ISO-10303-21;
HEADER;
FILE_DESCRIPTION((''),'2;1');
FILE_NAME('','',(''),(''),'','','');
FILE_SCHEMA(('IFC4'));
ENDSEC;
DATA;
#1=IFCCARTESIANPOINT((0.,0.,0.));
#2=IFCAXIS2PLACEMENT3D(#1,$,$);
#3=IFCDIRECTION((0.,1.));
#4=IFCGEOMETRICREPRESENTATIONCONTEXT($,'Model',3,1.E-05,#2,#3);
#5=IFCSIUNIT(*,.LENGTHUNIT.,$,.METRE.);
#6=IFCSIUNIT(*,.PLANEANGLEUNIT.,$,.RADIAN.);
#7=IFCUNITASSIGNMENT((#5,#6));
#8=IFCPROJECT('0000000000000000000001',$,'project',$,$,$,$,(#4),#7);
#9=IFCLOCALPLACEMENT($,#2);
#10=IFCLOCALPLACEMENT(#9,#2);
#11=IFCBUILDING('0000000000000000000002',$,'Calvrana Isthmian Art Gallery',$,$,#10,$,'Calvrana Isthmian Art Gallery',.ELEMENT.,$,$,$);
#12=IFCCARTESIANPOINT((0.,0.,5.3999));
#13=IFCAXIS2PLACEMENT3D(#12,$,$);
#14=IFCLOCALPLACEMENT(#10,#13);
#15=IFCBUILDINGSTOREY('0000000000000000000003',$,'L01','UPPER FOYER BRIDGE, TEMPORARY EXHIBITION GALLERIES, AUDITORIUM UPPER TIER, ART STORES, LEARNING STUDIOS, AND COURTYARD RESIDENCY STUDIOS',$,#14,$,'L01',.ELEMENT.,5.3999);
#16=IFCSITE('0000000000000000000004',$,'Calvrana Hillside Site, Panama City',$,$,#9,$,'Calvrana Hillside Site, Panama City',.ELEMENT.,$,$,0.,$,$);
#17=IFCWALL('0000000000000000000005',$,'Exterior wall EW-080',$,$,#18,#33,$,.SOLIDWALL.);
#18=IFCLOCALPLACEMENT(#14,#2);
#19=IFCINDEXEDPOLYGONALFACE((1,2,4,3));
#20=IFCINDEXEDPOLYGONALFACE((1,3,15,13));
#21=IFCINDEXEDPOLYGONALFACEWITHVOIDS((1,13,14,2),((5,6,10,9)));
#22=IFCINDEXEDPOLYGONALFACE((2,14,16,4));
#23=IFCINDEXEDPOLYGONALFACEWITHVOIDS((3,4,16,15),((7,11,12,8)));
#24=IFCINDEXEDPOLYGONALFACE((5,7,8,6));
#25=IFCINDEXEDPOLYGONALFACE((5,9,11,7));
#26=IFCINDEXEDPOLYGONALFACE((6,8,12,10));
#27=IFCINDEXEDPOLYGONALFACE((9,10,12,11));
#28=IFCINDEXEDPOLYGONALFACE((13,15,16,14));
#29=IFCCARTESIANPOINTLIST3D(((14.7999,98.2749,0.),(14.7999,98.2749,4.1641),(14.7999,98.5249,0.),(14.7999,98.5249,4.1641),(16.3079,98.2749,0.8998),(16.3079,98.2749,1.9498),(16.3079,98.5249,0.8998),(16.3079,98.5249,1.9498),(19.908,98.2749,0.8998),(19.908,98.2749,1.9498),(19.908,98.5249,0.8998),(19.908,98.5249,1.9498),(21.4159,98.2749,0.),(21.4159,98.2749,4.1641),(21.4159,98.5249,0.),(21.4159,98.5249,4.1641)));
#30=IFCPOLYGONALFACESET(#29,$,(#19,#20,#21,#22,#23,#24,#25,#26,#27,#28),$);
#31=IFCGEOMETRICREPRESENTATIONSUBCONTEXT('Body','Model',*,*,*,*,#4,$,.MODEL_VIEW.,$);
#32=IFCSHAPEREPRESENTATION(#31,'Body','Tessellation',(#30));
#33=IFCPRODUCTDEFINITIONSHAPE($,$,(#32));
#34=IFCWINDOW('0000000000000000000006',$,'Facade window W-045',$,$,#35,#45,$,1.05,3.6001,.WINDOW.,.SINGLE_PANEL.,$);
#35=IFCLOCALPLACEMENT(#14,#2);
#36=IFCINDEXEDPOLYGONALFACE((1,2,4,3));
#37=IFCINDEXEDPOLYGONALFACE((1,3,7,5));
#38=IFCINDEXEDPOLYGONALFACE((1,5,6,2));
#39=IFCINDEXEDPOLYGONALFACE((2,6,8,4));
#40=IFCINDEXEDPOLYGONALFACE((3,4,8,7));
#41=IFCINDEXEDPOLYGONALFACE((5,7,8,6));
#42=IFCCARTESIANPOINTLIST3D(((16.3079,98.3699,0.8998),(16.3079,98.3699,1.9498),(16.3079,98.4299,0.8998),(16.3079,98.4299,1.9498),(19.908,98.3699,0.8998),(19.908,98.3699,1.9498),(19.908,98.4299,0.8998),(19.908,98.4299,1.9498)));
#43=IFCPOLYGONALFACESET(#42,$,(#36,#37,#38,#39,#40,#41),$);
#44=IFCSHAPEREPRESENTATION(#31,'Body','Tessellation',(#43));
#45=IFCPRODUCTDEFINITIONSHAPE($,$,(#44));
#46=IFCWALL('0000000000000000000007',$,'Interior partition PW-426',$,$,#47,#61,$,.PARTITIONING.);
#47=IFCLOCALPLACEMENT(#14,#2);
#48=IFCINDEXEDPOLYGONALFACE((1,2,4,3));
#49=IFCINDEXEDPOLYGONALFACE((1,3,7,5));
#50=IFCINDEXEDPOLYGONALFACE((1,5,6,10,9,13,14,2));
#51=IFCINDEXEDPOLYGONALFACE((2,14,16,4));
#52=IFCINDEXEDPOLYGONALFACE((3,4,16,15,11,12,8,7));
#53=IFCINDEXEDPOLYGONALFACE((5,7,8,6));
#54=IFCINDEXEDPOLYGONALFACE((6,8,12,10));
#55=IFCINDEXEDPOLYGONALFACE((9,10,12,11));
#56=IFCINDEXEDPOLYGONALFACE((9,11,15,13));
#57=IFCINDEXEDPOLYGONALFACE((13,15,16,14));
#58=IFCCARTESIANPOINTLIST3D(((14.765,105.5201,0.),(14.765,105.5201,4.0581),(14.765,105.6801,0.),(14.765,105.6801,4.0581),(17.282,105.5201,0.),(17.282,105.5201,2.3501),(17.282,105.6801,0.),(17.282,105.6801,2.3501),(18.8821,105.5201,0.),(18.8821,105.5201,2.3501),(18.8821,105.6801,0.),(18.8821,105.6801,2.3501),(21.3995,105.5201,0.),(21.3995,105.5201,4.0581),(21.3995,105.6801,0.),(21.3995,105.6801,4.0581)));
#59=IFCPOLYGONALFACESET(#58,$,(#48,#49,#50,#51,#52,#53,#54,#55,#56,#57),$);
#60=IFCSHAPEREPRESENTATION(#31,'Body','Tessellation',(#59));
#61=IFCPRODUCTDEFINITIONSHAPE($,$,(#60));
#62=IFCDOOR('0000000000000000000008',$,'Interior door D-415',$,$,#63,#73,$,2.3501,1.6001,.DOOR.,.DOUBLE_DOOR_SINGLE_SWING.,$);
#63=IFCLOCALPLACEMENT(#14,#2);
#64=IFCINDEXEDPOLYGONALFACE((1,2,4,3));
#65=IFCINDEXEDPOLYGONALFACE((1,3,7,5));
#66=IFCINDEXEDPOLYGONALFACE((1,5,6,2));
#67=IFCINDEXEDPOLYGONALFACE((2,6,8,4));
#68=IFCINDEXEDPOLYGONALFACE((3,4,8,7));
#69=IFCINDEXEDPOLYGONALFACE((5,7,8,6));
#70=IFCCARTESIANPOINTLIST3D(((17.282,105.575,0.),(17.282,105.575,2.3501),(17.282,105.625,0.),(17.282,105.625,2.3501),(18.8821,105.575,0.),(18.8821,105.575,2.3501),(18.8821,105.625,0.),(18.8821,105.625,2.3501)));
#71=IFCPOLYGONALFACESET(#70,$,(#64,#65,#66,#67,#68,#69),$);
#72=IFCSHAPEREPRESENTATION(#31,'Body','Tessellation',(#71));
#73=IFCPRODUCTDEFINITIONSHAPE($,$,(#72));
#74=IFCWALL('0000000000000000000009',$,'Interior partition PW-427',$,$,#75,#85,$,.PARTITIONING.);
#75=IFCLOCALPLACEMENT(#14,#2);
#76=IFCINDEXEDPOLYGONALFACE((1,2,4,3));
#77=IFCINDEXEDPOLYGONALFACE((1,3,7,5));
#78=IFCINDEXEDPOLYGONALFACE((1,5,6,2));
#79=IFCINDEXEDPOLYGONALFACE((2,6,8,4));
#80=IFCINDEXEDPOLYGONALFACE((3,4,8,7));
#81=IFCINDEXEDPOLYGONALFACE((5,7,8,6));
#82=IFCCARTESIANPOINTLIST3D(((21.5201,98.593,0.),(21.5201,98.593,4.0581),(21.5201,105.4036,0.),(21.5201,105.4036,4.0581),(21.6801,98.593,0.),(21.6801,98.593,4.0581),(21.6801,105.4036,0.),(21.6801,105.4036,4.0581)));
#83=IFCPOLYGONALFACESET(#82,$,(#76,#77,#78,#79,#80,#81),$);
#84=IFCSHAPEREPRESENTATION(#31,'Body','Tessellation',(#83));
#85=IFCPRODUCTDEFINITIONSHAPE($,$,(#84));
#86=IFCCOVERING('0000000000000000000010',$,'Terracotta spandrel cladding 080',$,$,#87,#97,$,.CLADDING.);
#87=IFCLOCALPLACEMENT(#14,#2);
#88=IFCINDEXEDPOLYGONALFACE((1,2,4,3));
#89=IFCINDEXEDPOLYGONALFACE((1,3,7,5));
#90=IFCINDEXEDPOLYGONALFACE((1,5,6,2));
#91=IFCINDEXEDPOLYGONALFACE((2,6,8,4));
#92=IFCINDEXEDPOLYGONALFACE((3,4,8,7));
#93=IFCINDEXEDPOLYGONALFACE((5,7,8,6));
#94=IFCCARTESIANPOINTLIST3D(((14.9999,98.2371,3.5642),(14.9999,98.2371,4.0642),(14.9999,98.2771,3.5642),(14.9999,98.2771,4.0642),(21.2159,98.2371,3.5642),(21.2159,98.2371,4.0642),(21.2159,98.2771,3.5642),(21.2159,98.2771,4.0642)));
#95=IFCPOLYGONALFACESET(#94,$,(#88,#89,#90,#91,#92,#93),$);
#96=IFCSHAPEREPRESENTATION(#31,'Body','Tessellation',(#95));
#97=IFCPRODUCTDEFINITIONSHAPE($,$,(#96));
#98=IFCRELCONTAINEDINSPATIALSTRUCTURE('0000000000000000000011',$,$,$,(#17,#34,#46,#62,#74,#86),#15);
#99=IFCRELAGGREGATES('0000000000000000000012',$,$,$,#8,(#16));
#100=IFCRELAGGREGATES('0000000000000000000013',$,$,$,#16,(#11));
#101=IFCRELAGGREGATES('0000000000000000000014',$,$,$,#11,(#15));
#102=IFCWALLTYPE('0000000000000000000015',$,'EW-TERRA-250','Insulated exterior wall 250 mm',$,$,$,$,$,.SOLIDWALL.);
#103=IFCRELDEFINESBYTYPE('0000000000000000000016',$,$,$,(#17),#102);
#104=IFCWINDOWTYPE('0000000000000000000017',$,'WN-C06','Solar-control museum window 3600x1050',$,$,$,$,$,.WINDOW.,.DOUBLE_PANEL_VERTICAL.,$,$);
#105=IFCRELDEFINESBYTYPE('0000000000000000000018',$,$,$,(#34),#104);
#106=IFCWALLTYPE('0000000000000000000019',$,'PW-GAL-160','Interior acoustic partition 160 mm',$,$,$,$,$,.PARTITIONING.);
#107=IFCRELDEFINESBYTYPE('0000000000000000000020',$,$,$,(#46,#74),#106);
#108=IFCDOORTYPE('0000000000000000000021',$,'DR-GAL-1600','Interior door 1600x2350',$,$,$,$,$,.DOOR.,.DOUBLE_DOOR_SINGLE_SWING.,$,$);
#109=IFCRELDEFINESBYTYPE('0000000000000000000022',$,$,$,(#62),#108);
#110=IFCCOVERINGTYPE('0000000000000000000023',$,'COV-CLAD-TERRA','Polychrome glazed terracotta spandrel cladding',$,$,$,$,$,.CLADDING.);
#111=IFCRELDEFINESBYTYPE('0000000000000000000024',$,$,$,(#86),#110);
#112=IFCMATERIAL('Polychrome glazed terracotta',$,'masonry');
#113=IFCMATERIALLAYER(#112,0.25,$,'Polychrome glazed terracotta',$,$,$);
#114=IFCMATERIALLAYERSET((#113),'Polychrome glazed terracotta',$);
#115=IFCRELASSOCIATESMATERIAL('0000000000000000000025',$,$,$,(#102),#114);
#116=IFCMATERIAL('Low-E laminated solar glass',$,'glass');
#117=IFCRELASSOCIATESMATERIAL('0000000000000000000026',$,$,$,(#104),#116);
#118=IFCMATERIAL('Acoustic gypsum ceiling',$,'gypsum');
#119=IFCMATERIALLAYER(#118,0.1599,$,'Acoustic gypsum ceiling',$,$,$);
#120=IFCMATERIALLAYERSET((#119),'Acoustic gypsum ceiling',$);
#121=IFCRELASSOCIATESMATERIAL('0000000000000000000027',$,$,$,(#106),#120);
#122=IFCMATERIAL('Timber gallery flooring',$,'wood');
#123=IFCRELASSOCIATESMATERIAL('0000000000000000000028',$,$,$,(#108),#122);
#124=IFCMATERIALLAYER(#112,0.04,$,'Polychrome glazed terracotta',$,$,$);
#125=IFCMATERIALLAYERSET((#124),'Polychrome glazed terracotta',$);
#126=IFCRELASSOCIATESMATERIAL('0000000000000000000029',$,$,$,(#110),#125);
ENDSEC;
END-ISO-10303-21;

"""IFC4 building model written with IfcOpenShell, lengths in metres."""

from ifc_helpers import new_model, si_unit, direction, frame, frame_2d, origin, origin_2d, place, context, subcontext, project, spatial, rectangle, extrude, material, layer, layer_set, type_object, element, fill, save


model = new_model("IFC4")

# Units and contexts
model_context = context("Model", 3, precision=1e-05, world=origin(), true_north=direction((0.0, 1.0)))
body_context = subcontext(model_context, "Body", "Model", "MODEL_VIEW")
ifc_project = project(units=[si_unit("LENGTHUNIT", "METRE"), si_unit("PLANEANGLEUNIT", "RADIAN")], contexts=[model_context])

# Site, building, storey
site_placement = place(None, origin())
site = spatial("IfcSite", under=ifc_project, at=site_placement, Name="Calvrana Hillside Site, Panama City", LongName="Calvrana Hillside Site, Panama City", CompositionType="ELEMENT", RefElevation=0.0)
building_placement = place(site_placement, origin())
building = spatial("IfcBuilding", under=site, at=building_placement, Name="Calvrana Isthmian Art Gallery", LongName="Calvrana Isthmian Art Gallery", CompositionType="ELEMENT")
storey_placement = place(building_placement, frame((0.0, 0.0, 5.3999)))
storey = spatial("IfcBuildingStorey", under=building, at=storey_placement, Name="L01", Description="UPPER FOYER BRIDGE, TEMPORARY EXHIBITION GALLERIES, AUDITORIUM UPPER TIER, ART STORES, LEARNING STUDIOS, AND COURTYARD RESIDENCY STUDIOS", LongName="L01", CompositionType="ELEMENT", Elevation=5.3999)

# Shared definitions
ifc_material_1 = material(Name="Low-E laminated solar glass", Category="glass")

# Wall, opening, window
ifc_material_2 = material(Name="Polychrome glazed terracotta", Category="masonry")
ifc_layer_1 = layer(ifc_material_2, 0.25, Name="Polychrome glazed terracotta")
ifc_layer_set_1 = layer_set([ifc_layer_1], Name="Polychrome glazed terracotta")
wall_type_1 = type_object("IfcWallType", Name="EW-TERRA-250", Description="Insulated exterior wall 250 mm", PredefinedType="SOLIDWALL", material=ifc_layer_set_1)
wall_1_placement = place(storey_placement, frame((21.416, 98.3999, 0.0), z_axis=(0.0, 0.0, 1.0), x_axis=(-1.0, 0.0, 0.0)))
wall_1 = element("IfcWall", 1, at=wall_1_placement, inside=storey, type_object=wall_type_1, Name="Exterior wall EW-080", PredefinedType="SOLIDWALL", context=body_context, shape_type="SweptSolid", body=[
    extrude(rectangle(XDim=6.616, YDim=0.25, at=frame_2d((3.3081, 0.0))), origin(), (0.0, 0.0, 1.0), 4.1641),
])
opening_1_placement = place(wall_1_placement, frame((1.5081, 0.0, 0.8999)))
opening_1 = element("IfcOpeningElement", 2, at=opening_1_placement, cuts=wall_1, PredefinedType="OPENING", context=body_context, shape_type="SweptSolid", body=[
    extrude(rectangle(XDim=3.6001, YDim=1.05, at=frame_2d((1.8, 0.5249))), frame((0.0, 0.1353, 0.0), z_axis=(0.0, -1.0, 0.0), x_axis=(1.0, 0.0, 0.0)), (0.0, 0.0, 1.0), 0.2705),
])
window_type = type_object("IfcWindowType", Name="WN-C06", Description="Solar-control museum window 3600x1050", PartitioningType="DOUBLE_PANEL_VERTICAL", PredefinedType="WINDOW", material=ifc_material_1)
window_placement = place(opening_1_placement, origin())
window = element("IfcWindow", 3, at=window_placement, inside=storey, type_object=window_type, Name="Facade window W-045", OverallHeight=1.05, OverallWidth=3.6001, PartitioningType="SINGLE_PANEL", PredefinedType="WINDOW", context=body_context, shape_type="SweptSolid", body=[
    extrude(rectangle(XDim=3.6001, YDim=1.05, at=frame_2d((1.8, 0.5249))), frame((0.0, 0.03, 0.0), z_axis=(0.0, -1.0, 0.0), x_axis=(1.0, 0.0, 0.0)), (0.0, 0.0, 1.0), 0.0601),
])
fill(opening_1, window)

# Wall, opening, door
ifc_material_3 = material(Name="Acoustic gypsum ceiling", Category="gypsum")
ifc_layer_2 = layer(ifc_material_3, 0.1599, Name="Acoustic gypsum ceiling")
ifc_layer_set_2 = layer_set([ifc_layer_2], Name="Acoustic gypsum ceiling")
wall_type_2 = type_object("IfcWallType", Name="PW-GAL-160", Description="Interior acoustic partition 160 mm", PredefinedType="PARTITIONING", material=ifc_layer_set_2)
wall_2_placement = place(storey_placement, frame((14.7649, 105.6001, 0.0), z_axis=(0.0, 0.0, 1.0), x_axis=(1.0, 0.0, 0.0)))
wall_2 = element("IfcWall", 4, at=wall_2_placement, inside=storey, type_object=wall_type_2, Name="Interior partition PW-426", PredefinedType="PARTITIONING", context=body_context, shape_type="SweptSolid", body=[
    extrude(rectangle(XDim=6.6345, YDim=0.1599, at=frame_2d((3.3174, 0.0))), origin(), (0.0, 0.0, 1.0), 4.0581),
])
opening_2_placement = place(wall_2_placement, frame((2.5171, 0.0, 0.0)))
opening_2 = element("IfcOpeningElement", 5, at=opening_2_placement, cuts=wall_2, PredefinedType="OPENING", context=body_context, shape_type="SweptSolid", body=[
    extrude(rectangle(XDim=1.6001, YDim=2.3501, at=frame_2d((0.8, 1.175))), frame((0.0, 0.0903, 0.0), z_axis=(0.0, -1.0, 0.0), x_axis=(1.0, 0.0, 0.0)), (0.0, 0.0, 1.0), 0.1804),
])
ifc_material_4 = material(Name="Timber gallery flooring", Category="wood")
door_type = type_object("IfcDoorType", Name="DR-GAL-1600", Description="Interior door 1600x2350", OperationType="DOUBLE_DOOR_SINGLE_SWING", PredefinedType="DOOR", material=ifc_material_4)
door_placement = place(opening_2_placement, origin())
door = element("IfcDoor", 6, at=door_placement, inside=storey, type_object=door_type, Name="Interior door D-415", OperationType="DOUBLE_DOOR_SINGLE_SWING", OverallHeight=2.3501, OverallWidth=1.6001, PredefinedType="DOOR", context=body_context, shape_type="SweptSolid", body=[
    extrude(rectangle(XDim=1.6001, YDim=2.3501, at=frame_2d((0.8, 1.175))), frame((0.0, 0.0249, 0.0), z_axis=(0.0, -1.0, 0.0), x_axis=(1.0, 0.0, 0.0)), (0.0, 0.0, 1.0), 0.05),
])
fill(opening_2, door)

# Wall
wall_3_placement = place(storey_placement, frame((21.6001, 98.593, 0.0), z_axis=(0.0, 0.0, 1.0), x_axis=(0.0, 1.0, 0.0)))
element("IfcWall", 7, at=wall_3_placement, inside=storey, type_object=wall_type_2, Name="Interior partition PW-427", PredefinedType="PARTITIONING", context=body_context, shape_type="SweptSolid", body=[
    extrude(rectangle(XDim=6.8105, YDim=0.1599, at=frame_2d((3.4053, 0.0))), origin(), (0.0, 0.0, 1.0), 4.0581),
])

# Covering
ifc_layer_3 = layer(ifc_material_2, 0.04, Name="Polychrome glazed terracotta")
ifc_layer_set_3 = layer_set([ifc_layer_3], Name="Polychrome glazed terracotta")
covering_type = type_object("IfcCoveringType", Name="COV-CLAD-TERRA", Description="Polychrome glazed terracotta spandrel cladding", PredefinedType="CLADDING", material=ifc_layer_set_3)
covering_placement = place(storey_placement, frame((18.1079, 98.2571, 3.5642), z_axis=(0.0, 0.0, 1.0), x_axis=(-1.0, 0.0, 0.0)))
element("IfcCovering", 8, at=covering_placement, inside=storey, type_object=covering_type, Name="Terracotta spandrel cladding 080", PredefinedType="CLADDING", context=body_context, shape_type="SweptSolid", body=[
    extrude(rectangle(XDim=6.2161, YDim=0.04, at=origin_2d()), origin(), (0.0, 0.0, 1.0), 0.5),
])

save(model, "model.ifc")
